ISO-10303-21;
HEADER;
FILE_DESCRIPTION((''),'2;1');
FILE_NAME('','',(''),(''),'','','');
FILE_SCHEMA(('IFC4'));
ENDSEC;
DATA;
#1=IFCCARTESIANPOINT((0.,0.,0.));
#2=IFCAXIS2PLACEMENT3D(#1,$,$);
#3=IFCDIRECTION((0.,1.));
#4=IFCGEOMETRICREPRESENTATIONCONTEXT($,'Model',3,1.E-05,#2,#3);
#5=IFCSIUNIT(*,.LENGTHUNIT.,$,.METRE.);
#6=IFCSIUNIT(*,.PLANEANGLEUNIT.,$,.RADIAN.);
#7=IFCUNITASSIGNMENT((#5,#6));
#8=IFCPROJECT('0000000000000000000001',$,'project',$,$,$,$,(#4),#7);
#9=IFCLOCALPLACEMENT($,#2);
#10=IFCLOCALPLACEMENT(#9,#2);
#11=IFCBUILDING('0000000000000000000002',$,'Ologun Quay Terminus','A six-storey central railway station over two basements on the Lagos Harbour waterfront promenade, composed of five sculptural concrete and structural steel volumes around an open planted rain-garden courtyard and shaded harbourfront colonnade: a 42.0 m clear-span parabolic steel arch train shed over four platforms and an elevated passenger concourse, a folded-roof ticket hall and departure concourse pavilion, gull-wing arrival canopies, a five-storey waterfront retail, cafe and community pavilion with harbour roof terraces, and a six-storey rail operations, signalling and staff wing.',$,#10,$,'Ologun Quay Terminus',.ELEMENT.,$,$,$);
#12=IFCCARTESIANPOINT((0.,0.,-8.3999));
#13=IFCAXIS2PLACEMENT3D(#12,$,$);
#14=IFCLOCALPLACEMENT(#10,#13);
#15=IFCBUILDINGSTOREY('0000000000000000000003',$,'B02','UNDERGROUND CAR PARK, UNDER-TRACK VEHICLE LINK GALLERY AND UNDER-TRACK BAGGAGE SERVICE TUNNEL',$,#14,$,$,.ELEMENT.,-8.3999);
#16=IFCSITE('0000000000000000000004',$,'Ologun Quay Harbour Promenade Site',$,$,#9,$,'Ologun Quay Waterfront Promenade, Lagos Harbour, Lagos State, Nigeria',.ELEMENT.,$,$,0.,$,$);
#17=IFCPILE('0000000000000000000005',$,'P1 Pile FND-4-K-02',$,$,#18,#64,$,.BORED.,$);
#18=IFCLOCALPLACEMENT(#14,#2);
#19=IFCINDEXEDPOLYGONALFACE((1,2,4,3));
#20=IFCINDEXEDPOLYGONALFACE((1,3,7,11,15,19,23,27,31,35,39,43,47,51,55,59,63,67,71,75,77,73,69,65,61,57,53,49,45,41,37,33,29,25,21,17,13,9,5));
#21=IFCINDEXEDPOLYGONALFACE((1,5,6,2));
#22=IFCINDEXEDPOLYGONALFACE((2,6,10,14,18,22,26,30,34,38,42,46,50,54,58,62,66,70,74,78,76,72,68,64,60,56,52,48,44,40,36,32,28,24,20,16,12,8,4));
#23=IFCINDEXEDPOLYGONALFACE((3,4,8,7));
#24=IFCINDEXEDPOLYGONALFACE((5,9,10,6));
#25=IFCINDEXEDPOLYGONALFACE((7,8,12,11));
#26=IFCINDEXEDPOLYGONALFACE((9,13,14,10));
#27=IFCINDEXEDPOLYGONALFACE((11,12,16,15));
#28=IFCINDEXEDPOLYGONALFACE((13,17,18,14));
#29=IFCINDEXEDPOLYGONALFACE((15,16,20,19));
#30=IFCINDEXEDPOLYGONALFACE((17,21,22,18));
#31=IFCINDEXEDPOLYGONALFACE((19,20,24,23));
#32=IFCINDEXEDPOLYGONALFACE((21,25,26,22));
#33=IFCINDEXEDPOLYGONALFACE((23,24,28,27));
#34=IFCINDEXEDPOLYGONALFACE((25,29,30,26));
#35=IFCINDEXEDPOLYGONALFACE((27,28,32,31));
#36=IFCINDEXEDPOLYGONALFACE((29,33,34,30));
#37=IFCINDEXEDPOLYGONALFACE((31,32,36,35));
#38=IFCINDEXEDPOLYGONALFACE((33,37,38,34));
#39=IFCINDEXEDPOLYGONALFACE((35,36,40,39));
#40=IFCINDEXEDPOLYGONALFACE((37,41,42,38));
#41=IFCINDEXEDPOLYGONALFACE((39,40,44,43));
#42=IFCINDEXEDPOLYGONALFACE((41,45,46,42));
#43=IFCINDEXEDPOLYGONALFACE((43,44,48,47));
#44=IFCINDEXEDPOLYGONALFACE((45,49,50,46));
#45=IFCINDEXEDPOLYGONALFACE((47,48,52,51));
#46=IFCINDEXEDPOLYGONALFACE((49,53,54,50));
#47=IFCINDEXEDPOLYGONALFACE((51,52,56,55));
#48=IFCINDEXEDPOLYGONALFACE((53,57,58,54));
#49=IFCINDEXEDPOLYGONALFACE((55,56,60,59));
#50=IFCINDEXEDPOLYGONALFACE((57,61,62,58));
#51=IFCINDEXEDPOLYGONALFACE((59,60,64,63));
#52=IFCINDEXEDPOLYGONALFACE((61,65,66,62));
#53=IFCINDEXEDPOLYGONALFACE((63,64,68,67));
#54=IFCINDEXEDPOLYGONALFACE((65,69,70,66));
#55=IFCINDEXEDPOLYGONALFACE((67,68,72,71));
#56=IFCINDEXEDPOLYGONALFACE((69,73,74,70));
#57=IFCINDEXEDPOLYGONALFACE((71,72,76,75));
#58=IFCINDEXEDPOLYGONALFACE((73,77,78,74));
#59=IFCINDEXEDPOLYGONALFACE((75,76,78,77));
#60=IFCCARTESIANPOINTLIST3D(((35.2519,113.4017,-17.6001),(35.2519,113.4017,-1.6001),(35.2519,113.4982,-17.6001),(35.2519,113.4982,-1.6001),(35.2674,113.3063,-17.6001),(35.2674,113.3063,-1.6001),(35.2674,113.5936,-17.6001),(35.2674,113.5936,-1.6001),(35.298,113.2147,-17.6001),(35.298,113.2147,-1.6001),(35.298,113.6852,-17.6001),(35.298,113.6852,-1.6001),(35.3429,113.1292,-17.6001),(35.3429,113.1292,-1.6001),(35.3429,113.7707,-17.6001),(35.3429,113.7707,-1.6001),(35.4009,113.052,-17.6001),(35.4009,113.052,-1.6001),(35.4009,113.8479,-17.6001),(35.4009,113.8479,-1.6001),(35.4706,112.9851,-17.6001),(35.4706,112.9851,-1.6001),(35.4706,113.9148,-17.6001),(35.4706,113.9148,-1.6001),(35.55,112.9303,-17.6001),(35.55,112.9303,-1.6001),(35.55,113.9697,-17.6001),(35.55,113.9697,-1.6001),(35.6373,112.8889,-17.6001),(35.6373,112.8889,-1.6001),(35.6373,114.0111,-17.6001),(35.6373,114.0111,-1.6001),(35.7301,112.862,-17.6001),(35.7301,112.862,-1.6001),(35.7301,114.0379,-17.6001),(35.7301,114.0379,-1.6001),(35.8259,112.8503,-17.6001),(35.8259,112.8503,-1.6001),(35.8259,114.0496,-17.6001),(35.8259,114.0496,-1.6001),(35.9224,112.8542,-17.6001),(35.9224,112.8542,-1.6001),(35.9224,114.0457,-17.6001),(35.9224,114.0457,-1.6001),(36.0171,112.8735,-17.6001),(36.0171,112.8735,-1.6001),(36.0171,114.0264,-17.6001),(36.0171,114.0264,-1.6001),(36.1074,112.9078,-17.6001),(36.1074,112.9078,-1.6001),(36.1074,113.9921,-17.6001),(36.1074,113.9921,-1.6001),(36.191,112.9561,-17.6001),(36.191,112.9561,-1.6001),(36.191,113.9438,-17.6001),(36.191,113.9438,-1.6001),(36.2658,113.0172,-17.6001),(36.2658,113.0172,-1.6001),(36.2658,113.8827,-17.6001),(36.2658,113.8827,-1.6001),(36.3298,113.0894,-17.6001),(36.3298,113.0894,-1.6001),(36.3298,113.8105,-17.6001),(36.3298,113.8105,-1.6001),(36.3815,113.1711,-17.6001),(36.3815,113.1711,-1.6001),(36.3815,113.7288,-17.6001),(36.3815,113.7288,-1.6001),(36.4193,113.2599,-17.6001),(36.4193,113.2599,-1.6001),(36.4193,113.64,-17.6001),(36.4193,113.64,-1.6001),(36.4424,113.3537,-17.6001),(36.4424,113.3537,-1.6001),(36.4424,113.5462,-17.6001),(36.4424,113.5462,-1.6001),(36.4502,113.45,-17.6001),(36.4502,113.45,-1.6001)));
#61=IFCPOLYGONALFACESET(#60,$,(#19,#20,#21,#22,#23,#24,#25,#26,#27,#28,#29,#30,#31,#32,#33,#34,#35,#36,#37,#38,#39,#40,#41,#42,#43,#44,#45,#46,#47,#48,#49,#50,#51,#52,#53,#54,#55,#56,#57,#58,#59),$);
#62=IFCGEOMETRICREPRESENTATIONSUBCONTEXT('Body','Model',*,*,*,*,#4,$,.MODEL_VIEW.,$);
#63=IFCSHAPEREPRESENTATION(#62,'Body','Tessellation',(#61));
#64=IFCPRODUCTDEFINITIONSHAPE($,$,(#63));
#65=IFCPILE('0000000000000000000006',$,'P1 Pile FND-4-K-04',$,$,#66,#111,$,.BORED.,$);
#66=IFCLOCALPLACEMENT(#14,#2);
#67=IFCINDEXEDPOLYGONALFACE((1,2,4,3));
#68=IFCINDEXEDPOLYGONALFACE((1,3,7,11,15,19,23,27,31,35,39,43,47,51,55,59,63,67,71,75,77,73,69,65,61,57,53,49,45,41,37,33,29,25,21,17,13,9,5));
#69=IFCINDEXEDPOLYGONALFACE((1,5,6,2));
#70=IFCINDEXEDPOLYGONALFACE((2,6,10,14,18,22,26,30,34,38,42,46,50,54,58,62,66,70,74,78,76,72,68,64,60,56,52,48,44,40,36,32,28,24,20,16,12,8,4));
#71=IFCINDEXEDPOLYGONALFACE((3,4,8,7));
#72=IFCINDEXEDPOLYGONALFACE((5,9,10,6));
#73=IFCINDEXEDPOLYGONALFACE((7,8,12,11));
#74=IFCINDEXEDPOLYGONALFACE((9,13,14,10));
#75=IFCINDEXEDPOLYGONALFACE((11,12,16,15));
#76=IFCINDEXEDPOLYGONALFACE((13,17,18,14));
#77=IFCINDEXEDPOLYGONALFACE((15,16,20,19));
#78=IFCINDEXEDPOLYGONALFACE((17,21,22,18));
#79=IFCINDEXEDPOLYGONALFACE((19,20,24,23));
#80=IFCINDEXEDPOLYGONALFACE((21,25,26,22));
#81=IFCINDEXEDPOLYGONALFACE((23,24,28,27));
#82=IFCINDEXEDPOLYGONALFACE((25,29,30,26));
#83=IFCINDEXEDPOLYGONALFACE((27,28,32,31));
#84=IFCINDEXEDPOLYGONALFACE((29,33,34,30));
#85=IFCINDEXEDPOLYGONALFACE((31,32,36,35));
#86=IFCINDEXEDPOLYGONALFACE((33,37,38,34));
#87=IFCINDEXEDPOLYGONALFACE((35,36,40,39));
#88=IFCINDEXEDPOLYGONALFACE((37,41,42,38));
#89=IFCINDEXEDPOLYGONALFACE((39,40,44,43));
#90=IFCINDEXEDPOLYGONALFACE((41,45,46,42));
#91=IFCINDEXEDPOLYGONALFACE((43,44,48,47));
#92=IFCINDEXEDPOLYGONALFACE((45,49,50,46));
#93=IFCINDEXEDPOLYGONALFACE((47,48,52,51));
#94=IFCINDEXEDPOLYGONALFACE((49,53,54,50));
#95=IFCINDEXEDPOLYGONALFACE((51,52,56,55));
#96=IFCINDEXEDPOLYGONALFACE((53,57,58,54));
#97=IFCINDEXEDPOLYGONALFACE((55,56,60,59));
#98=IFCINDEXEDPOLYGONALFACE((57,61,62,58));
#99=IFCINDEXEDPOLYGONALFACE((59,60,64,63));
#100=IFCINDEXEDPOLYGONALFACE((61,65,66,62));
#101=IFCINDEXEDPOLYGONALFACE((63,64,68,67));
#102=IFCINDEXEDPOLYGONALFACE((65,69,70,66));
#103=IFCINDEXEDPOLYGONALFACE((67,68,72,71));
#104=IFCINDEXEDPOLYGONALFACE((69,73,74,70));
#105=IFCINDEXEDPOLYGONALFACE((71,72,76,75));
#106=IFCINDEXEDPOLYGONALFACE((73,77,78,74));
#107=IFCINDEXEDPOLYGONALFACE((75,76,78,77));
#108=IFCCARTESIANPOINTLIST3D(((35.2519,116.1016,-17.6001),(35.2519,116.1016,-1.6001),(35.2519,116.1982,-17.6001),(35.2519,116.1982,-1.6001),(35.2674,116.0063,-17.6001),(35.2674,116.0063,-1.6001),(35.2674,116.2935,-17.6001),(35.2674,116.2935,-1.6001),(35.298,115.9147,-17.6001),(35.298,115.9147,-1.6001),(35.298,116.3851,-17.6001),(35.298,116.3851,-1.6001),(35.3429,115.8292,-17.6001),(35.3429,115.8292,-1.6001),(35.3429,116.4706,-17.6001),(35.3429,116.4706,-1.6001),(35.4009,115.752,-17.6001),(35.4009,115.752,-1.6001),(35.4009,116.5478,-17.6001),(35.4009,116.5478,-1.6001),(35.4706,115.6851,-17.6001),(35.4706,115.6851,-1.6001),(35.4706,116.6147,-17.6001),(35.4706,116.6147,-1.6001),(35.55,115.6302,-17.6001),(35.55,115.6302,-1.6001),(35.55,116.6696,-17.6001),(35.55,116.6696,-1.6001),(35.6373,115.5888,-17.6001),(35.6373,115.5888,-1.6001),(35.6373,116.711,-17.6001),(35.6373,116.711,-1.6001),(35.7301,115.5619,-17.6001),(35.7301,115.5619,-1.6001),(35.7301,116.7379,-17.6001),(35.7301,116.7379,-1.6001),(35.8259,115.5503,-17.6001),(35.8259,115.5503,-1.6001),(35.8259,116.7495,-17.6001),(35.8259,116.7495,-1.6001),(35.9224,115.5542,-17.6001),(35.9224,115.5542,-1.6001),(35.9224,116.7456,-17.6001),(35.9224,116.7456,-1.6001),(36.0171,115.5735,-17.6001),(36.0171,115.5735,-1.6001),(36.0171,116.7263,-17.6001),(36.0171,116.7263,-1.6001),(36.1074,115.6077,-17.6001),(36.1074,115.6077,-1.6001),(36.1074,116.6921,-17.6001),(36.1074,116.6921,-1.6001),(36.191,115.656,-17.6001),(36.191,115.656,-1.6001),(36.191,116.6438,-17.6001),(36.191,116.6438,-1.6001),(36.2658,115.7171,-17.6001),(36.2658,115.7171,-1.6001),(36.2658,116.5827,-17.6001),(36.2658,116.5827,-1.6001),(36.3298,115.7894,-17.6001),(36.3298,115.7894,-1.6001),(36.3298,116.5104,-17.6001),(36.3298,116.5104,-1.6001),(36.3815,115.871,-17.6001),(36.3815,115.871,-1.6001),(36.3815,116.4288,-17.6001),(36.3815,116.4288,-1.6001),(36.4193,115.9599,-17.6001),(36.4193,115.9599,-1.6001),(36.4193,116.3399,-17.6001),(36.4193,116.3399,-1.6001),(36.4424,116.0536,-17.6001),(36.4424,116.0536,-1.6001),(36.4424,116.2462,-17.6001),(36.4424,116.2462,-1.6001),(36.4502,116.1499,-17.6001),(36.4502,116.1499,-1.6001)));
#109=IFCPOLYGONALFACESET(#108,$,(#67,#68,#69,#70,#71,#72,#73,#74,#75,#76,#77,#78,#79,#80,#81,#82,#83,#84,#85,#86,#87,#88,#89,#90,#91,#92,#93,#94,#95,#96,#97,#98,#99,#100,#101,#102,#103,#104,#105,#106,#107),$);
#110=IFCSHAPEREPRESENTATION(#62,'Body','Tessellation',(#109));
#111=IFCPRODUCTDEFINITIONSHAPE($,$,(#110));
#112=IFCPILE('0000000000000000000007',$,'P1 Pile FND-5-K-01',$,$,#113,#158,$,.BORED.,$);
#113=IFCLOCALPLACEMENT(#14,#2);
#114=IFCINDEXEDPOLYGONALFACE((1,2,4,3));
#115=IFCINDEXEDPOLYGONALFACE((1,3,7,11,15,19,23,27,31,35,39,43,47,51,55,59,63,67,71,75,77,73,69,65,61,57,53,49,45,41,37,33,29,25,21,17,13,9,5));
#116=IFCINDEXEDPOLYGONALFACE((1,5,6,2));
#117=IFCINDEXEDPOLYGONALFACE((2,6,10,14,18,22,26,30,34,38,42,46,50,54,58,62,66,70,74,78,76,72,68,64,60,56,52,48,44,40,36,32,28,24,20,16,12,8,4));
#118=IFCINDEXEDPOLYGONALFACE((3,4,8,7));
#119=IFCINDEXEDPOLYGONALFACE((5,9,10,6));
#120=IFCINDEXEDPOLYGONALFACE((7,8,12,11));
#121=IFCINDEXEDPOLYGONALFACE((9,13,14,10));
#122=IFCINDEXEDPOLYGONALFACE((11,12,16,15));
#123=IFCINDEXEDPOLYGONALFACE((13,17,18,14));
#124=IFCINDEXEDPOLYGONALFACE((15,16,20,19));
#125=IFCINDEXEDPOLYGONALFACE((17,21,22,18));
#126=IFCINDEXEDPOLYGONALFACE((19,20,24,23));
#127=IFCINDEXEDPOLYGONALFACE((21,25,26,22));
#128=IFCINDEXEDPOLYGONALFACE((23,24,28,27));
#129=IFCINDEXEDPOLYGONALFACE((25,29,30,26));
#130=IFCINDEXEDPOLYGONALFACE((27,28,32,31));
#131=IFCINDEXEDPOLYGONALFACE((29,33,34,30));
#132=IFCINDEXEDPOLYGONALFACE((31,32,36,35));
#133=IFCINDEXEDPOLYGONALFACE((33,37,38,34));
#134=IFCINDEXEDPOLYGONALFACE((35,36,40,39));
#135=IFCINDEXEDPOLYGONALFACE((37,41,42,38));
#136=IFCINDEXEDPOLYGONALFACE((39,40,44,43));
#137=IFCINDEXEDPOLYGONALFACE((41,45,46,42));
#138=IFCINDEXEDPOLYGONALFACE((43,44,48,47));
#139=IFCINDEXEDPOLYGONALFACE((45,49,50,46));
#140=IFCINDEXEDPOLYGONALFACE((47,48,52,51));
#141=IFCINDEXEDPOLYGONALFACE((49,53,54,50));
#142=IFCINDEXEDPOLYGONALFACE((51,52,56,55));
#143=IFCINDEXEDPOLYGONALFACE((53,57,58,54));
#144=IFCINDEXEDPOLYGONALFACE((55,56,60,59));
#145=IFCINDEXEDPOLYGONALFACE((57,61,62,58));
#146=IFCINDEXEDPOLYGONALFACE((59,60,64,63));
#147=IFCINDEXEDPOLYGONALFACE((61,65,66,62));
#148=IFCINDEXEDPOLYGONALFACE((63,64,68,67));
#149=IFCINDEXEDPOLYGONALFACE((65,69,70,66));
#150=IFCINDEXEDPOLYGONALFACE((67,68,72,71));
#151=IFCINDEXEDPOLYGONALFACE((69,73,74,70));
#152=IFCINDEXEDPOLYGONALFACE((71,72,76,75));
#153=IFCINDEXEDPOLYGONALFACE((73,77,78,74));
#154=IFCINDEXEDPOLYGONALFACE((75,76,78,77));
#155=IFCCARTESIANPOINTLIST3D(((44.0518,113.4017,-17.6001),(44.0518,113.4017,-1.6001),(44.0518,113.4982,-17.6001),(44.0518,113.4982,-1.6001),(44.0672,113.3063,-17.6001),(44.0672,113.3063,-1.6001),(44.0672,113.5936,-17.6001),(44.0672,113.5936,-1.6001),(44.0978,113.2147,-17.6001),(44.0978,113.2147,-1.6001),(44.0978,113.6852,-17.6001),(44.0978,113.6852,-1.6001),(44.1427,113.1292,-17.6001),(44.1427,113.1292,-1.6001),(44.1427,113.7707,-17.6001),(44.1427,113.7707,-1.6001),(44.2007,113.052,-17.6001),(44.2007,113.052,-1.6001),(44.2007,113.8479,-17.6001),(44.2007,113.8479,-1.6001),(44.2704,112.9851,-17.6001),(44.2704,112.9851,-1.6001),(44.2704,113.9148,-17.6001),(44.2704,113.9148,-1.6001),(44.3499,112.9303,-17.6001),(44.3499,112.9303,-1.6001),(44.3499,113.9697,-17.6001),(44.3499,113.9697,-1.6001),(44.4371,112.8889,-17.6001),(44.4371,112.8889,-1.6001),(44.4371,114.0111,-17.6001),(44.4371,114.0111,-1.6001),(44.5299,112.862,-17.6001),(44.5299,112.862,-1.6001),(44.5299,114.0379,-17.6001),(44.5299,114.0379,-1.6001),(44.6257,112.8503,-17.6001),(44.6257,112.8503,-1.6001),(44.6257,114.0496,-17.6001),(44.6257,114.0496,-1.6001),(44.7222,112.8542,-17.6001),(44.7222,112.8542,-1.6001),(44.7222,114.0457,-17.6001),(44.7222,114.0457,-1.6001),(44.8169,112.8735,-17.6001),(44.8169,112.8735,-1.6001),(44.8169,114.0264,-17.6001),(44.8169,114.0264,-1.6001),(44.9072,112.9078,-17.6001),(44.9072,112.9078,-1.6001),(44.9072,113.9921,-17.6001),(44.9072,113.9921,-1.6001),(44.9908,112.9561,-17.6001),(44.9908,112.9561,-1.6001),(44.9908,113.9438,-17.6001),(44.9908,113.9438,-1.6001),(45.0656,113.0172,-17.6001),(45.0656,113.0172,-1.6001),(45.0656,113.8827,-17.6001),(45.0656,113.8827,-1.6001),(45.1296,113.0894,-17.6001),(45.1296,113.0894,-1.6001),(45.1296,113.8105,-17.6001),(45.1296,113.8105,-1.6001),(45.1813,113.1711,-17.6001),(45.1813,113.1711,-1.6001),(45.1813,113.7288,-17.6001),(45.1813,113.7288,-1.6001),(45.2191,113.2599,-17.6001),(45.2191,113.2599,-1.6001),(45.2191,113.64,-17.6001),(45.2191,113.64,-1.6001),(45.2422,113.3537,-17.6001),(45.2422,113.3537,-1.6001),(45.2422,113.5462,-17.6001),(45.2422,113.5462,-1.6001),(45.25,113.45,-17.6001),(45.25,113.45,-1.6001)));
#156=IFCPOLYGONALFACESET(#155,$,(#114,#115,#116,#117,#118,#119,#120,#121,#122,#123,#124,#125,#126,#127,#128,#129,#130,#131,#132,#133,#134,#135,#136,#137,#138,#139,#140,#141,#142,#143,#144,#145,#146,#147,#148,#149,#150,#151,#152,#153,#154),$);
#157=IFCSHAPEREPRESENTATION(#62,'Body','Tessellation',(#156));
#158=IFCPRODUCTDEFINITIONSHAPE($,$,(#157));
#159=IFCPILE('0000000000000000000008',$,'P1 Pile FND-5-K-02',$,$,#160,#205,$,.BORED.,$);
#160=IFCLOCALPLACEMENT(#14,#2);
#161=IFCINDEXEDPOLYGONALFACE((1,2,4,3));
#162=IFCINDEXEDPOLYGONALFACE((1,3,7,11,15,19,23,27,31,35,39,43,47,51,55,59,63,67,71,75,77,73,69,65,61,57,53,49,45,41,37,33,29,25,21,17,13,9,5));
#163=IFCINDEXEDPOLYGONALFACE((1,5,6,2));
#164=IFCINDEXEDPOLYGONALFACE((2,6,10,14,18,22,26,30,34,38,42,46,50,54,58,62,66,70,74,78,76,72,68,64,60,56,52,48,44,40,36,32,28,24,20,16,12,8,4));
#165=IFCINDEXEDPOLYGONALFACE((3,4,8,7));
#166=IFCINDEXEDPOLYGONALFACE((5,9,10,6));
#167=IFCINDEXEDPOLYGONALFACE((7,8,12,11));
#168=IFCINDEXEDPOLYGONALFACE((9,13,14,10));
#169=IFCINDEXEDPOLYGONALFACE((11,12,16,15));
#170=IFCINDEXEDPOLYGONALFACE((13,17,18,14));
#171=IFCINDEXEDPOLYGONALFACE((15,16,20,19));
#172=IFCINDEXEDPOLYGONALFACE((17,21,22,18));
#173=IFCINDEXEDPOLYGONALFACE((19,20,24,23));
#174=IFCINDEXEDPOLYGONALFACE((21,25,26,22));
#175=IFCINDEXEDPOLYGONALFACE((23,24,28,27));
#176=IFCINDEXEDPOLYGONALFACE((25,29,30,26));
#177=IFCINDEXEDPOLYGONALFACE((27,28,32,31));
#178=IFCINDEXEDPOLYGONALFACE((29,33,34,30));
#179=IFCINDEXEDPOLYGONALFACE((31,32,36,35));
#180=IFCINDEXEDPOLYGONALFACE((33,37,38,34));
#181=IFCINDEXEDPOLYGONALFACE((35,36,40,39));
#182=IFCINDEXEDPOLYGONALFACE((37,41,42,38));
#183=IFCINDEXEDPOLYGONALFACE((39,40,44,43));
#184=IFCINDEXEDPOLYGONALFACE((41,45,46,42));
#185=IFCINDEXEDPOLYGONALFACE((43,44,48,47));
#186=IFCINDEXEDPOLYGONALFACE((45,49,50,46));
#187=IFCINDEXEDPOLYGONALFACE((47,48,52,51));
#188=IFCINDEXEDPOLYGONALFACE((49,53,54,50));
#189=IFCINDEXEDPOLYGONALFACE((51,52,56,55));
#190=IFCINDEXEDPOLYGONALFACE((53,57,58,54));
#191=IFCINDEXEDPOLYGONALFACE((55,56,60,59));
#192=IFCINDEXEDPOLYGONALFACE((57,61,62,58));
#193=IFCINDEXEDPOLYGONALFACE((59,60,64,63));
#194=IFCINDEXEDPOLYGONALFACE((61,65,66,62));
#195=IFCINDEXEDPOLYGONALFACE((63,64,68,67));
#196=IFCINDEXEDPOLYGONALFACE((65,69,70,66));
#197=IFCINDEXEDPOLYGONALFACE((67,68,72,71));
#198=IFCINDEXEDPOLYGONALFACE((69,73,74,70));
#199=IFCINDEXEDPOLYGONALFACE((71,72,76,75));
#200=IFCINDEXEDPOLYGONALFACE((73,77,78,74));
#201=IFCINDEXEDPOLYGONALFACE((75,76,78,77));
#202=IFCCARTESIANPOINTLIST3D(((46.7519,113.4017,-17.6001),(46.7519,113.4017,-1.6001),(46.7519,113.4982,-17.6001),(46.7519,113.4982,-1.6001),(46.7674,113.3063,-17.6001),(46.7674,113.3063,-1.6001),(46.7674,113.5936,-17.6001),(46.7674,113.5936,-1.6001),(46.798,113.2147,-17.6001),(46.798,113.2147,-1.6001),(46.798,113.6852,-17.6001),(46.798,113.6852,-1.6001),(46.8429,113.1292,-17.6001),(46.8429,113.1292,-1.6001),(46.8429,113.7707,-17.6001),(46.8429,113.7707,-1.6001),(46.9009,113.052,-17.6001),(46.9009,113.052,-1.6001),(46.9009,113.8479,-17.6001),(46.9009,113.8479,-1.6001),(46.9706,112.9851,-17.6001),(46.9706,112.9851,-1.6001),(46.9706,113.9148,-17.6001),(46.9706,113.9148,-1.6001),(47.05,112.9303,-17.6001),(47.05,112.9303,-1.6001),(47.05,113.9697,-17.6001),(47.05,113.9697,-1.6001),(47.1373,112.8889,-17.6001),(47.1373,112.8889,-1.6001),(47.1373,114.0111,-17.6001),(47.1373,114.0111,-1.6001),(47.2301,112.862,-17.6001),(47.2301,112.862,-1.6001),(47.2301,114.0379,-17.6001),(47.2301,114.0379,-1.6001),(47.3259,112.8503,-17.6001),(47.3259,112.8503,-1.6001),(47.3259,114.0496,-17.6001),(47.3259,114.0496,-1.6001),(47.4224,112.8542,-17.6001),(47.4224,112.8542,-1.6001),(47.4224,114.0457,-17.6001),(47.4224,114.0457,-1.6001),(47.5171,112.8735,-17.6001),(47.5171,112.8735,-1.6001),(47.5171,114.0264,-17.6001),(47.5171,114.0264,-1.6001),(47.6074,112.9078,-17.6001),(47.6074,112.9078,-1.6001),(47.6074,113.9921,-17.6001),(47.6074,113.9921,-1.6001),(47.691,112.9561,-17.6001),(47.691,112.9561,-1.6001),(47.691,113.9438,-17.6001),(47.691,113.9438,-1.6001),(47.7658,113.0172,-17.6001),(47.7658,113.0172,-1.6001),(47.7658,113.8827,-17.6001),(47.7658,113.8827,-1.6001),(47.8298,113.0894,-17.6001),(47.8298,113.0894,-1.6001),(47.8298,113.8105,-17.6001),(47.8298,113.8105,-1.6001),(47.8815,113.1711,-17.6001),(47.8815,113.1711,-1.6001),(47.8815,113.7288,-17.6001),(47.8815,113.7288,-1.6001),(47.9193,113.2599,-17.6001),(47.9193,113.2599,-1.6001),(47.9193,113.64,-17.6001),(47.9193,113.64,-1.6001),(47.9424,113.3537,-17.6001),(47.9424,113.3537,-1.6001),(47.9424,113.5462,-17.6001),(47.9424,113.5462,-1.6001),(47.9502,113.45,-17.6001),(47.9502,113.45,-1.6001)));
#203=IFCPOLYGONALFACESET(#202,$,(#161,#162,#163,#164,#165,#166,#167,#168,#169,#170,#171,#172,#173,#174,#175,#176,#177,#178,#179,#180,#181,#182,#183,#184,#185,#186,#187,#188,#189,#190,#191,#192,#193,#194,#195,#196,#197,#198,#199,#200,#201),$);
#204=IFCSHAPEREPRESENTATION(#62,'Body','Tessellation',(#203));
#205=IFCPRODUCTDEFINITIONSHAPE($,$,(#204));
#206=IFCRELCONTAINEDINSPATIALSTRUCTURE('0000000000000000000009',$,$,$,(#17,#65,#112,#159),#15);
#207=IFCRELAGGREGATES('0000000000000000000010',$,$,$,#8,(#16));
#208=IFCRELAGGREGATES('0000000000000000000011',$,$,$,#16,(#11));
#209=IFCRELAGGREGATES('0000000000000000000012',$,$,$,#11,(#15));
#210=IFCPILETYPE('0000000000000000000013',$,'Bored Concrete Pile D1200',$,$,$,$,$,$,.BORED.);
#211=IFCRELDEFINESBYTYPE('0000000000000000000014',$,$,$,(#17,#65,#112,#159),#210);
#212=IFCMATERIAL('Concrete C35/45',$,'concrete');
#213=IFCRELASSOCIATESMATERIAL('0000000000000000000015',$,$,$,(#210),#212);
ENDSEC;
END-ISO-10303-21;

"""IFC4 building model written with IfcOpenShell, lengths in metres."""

from ifc_helpers import new_model, si_unit, direction, frame, origin, origin_2d, place, context, subcontext, project, spatial, circle, extrude, material, material_profile, profile_set, type_object, element, save


model = new_model("IFC4")

# Units and contexts
model_context = context("Model", 3, precision=1e-05, world=origin(), true_north=direction((0.0, 1.0)))
body_context = subcontext(model_context, "Body", "Model", "MODEL_VIEW")
ifc_project = project(units=[si_unit("LENGTHUNIT", "METRE"), si_unit("PLANEANGLEUNIT", "RADIAN")], contexts=[model_context])

# Site, building, storey
site_placement = place(None, origin())
site = spatial("IfcSite", under=ifc_project, at=site_placement, Name="Ologun Quay Harbour Promenade Site", LongName="Ologun Quay Waterfront Promenade, Lagos Harbour, Lagos State, Nigeria", CompositionType="ELEMENT", RefElevation=0.0)
building_placement = place(site_placement, origin())
building = spatial("IfcBuilding", under=site, at=building_placement, Name="Ologun Quay Terminus", Description="A six-storey central railway station over two basements on the Lagos Harbour waterfront promenade, composed of five sculptural concrete and structural steel volumes around an open planted rain-garden courtyard and shaded harbourfront colonnade: a 42.0 m clear-span parabolic steel arch train shed over four platforms and an elevated passenger concourse, a folded-roof ticket hall and departure concourse pavilion, gull-wing arrival canopies, a five-storey waterfront retail, cafe and community pavilion with harbour roof terraces, and a six-storey rail operations, signalling and staff wing.", LongName="Ologun Quay Terminus", CompositionType="ELEMENT")
storey_placement = place(building_placement, frame((0.0, 0.0, -8.3999)))
storey = spatial("IfcBuildingStorey", under=building, at=storey_placement, Name="B02", Description="UNDERGROUND CAR PARK, UNDER-TRACK VEHICLE LINK GALLERY AND UNDER-TRACK BAGGAGE SERVICE TUNNEL", CompositionType="ELEMENT", Elevation=-8.3999)

# Piles
ifc_material_1 = material(Name="Concrete C35/45", Category="concrete")
ifc_material_profile_1 = material_profile(ifc_material_1, circle(Radius=0.6001, at=origin_2d()), Name="PILE D1200")
ifc_profile_set_1 = profile_set([ifc_material_profile_1], Name="Concrete C35/45")
pile_type_1 = type_object("IfcPileType", Name="Bored Concrete Pile D1200", PredefinedType="BORED", material=ifc_profile_set_1)
for number, where, z_axis, x_axis, name in (
    (1, (35.8501, 113.45, -1.6001), (0.0, 0.0, -1.0), (1.0, 0.0, 0.0), "P1 Pile FND-4-K-02"),
    (2, (35.8501, 116.1499, -1.6001), (0.0, 0.0, -1.0), (1.0, 0.0, 0.0), "P1 Pile FND-4-K-04"),
    (3, (44.6499, 113.45, -1.6001), (0.0, 0.0, -1.0), (1.0, 0.0, 0.0), "P1 Pile FND-5-K-01"),
    (4, (47.3501, 113.45, -1.6001), (0.0, 0.0, -1.0), (1.0, 0.0, 0.0), "P1 Pile FND-5-K-02"),
):
    element("IfcPile", number, at=place(storey_placement, frame(where, z_axis=z_axis, x_axis=x_axis)), inside=storey, type_object=pile_type_1, Name=name, PredefinedType="BORED", context=body_context, shape_type="SweptSolid", body=[
        extrude(circle(Radius=0.6001, at=origin_2d()), origin(), (0.0, 0.0, 1.0), 16.0),
    ])

save(model, "model.ifc")
